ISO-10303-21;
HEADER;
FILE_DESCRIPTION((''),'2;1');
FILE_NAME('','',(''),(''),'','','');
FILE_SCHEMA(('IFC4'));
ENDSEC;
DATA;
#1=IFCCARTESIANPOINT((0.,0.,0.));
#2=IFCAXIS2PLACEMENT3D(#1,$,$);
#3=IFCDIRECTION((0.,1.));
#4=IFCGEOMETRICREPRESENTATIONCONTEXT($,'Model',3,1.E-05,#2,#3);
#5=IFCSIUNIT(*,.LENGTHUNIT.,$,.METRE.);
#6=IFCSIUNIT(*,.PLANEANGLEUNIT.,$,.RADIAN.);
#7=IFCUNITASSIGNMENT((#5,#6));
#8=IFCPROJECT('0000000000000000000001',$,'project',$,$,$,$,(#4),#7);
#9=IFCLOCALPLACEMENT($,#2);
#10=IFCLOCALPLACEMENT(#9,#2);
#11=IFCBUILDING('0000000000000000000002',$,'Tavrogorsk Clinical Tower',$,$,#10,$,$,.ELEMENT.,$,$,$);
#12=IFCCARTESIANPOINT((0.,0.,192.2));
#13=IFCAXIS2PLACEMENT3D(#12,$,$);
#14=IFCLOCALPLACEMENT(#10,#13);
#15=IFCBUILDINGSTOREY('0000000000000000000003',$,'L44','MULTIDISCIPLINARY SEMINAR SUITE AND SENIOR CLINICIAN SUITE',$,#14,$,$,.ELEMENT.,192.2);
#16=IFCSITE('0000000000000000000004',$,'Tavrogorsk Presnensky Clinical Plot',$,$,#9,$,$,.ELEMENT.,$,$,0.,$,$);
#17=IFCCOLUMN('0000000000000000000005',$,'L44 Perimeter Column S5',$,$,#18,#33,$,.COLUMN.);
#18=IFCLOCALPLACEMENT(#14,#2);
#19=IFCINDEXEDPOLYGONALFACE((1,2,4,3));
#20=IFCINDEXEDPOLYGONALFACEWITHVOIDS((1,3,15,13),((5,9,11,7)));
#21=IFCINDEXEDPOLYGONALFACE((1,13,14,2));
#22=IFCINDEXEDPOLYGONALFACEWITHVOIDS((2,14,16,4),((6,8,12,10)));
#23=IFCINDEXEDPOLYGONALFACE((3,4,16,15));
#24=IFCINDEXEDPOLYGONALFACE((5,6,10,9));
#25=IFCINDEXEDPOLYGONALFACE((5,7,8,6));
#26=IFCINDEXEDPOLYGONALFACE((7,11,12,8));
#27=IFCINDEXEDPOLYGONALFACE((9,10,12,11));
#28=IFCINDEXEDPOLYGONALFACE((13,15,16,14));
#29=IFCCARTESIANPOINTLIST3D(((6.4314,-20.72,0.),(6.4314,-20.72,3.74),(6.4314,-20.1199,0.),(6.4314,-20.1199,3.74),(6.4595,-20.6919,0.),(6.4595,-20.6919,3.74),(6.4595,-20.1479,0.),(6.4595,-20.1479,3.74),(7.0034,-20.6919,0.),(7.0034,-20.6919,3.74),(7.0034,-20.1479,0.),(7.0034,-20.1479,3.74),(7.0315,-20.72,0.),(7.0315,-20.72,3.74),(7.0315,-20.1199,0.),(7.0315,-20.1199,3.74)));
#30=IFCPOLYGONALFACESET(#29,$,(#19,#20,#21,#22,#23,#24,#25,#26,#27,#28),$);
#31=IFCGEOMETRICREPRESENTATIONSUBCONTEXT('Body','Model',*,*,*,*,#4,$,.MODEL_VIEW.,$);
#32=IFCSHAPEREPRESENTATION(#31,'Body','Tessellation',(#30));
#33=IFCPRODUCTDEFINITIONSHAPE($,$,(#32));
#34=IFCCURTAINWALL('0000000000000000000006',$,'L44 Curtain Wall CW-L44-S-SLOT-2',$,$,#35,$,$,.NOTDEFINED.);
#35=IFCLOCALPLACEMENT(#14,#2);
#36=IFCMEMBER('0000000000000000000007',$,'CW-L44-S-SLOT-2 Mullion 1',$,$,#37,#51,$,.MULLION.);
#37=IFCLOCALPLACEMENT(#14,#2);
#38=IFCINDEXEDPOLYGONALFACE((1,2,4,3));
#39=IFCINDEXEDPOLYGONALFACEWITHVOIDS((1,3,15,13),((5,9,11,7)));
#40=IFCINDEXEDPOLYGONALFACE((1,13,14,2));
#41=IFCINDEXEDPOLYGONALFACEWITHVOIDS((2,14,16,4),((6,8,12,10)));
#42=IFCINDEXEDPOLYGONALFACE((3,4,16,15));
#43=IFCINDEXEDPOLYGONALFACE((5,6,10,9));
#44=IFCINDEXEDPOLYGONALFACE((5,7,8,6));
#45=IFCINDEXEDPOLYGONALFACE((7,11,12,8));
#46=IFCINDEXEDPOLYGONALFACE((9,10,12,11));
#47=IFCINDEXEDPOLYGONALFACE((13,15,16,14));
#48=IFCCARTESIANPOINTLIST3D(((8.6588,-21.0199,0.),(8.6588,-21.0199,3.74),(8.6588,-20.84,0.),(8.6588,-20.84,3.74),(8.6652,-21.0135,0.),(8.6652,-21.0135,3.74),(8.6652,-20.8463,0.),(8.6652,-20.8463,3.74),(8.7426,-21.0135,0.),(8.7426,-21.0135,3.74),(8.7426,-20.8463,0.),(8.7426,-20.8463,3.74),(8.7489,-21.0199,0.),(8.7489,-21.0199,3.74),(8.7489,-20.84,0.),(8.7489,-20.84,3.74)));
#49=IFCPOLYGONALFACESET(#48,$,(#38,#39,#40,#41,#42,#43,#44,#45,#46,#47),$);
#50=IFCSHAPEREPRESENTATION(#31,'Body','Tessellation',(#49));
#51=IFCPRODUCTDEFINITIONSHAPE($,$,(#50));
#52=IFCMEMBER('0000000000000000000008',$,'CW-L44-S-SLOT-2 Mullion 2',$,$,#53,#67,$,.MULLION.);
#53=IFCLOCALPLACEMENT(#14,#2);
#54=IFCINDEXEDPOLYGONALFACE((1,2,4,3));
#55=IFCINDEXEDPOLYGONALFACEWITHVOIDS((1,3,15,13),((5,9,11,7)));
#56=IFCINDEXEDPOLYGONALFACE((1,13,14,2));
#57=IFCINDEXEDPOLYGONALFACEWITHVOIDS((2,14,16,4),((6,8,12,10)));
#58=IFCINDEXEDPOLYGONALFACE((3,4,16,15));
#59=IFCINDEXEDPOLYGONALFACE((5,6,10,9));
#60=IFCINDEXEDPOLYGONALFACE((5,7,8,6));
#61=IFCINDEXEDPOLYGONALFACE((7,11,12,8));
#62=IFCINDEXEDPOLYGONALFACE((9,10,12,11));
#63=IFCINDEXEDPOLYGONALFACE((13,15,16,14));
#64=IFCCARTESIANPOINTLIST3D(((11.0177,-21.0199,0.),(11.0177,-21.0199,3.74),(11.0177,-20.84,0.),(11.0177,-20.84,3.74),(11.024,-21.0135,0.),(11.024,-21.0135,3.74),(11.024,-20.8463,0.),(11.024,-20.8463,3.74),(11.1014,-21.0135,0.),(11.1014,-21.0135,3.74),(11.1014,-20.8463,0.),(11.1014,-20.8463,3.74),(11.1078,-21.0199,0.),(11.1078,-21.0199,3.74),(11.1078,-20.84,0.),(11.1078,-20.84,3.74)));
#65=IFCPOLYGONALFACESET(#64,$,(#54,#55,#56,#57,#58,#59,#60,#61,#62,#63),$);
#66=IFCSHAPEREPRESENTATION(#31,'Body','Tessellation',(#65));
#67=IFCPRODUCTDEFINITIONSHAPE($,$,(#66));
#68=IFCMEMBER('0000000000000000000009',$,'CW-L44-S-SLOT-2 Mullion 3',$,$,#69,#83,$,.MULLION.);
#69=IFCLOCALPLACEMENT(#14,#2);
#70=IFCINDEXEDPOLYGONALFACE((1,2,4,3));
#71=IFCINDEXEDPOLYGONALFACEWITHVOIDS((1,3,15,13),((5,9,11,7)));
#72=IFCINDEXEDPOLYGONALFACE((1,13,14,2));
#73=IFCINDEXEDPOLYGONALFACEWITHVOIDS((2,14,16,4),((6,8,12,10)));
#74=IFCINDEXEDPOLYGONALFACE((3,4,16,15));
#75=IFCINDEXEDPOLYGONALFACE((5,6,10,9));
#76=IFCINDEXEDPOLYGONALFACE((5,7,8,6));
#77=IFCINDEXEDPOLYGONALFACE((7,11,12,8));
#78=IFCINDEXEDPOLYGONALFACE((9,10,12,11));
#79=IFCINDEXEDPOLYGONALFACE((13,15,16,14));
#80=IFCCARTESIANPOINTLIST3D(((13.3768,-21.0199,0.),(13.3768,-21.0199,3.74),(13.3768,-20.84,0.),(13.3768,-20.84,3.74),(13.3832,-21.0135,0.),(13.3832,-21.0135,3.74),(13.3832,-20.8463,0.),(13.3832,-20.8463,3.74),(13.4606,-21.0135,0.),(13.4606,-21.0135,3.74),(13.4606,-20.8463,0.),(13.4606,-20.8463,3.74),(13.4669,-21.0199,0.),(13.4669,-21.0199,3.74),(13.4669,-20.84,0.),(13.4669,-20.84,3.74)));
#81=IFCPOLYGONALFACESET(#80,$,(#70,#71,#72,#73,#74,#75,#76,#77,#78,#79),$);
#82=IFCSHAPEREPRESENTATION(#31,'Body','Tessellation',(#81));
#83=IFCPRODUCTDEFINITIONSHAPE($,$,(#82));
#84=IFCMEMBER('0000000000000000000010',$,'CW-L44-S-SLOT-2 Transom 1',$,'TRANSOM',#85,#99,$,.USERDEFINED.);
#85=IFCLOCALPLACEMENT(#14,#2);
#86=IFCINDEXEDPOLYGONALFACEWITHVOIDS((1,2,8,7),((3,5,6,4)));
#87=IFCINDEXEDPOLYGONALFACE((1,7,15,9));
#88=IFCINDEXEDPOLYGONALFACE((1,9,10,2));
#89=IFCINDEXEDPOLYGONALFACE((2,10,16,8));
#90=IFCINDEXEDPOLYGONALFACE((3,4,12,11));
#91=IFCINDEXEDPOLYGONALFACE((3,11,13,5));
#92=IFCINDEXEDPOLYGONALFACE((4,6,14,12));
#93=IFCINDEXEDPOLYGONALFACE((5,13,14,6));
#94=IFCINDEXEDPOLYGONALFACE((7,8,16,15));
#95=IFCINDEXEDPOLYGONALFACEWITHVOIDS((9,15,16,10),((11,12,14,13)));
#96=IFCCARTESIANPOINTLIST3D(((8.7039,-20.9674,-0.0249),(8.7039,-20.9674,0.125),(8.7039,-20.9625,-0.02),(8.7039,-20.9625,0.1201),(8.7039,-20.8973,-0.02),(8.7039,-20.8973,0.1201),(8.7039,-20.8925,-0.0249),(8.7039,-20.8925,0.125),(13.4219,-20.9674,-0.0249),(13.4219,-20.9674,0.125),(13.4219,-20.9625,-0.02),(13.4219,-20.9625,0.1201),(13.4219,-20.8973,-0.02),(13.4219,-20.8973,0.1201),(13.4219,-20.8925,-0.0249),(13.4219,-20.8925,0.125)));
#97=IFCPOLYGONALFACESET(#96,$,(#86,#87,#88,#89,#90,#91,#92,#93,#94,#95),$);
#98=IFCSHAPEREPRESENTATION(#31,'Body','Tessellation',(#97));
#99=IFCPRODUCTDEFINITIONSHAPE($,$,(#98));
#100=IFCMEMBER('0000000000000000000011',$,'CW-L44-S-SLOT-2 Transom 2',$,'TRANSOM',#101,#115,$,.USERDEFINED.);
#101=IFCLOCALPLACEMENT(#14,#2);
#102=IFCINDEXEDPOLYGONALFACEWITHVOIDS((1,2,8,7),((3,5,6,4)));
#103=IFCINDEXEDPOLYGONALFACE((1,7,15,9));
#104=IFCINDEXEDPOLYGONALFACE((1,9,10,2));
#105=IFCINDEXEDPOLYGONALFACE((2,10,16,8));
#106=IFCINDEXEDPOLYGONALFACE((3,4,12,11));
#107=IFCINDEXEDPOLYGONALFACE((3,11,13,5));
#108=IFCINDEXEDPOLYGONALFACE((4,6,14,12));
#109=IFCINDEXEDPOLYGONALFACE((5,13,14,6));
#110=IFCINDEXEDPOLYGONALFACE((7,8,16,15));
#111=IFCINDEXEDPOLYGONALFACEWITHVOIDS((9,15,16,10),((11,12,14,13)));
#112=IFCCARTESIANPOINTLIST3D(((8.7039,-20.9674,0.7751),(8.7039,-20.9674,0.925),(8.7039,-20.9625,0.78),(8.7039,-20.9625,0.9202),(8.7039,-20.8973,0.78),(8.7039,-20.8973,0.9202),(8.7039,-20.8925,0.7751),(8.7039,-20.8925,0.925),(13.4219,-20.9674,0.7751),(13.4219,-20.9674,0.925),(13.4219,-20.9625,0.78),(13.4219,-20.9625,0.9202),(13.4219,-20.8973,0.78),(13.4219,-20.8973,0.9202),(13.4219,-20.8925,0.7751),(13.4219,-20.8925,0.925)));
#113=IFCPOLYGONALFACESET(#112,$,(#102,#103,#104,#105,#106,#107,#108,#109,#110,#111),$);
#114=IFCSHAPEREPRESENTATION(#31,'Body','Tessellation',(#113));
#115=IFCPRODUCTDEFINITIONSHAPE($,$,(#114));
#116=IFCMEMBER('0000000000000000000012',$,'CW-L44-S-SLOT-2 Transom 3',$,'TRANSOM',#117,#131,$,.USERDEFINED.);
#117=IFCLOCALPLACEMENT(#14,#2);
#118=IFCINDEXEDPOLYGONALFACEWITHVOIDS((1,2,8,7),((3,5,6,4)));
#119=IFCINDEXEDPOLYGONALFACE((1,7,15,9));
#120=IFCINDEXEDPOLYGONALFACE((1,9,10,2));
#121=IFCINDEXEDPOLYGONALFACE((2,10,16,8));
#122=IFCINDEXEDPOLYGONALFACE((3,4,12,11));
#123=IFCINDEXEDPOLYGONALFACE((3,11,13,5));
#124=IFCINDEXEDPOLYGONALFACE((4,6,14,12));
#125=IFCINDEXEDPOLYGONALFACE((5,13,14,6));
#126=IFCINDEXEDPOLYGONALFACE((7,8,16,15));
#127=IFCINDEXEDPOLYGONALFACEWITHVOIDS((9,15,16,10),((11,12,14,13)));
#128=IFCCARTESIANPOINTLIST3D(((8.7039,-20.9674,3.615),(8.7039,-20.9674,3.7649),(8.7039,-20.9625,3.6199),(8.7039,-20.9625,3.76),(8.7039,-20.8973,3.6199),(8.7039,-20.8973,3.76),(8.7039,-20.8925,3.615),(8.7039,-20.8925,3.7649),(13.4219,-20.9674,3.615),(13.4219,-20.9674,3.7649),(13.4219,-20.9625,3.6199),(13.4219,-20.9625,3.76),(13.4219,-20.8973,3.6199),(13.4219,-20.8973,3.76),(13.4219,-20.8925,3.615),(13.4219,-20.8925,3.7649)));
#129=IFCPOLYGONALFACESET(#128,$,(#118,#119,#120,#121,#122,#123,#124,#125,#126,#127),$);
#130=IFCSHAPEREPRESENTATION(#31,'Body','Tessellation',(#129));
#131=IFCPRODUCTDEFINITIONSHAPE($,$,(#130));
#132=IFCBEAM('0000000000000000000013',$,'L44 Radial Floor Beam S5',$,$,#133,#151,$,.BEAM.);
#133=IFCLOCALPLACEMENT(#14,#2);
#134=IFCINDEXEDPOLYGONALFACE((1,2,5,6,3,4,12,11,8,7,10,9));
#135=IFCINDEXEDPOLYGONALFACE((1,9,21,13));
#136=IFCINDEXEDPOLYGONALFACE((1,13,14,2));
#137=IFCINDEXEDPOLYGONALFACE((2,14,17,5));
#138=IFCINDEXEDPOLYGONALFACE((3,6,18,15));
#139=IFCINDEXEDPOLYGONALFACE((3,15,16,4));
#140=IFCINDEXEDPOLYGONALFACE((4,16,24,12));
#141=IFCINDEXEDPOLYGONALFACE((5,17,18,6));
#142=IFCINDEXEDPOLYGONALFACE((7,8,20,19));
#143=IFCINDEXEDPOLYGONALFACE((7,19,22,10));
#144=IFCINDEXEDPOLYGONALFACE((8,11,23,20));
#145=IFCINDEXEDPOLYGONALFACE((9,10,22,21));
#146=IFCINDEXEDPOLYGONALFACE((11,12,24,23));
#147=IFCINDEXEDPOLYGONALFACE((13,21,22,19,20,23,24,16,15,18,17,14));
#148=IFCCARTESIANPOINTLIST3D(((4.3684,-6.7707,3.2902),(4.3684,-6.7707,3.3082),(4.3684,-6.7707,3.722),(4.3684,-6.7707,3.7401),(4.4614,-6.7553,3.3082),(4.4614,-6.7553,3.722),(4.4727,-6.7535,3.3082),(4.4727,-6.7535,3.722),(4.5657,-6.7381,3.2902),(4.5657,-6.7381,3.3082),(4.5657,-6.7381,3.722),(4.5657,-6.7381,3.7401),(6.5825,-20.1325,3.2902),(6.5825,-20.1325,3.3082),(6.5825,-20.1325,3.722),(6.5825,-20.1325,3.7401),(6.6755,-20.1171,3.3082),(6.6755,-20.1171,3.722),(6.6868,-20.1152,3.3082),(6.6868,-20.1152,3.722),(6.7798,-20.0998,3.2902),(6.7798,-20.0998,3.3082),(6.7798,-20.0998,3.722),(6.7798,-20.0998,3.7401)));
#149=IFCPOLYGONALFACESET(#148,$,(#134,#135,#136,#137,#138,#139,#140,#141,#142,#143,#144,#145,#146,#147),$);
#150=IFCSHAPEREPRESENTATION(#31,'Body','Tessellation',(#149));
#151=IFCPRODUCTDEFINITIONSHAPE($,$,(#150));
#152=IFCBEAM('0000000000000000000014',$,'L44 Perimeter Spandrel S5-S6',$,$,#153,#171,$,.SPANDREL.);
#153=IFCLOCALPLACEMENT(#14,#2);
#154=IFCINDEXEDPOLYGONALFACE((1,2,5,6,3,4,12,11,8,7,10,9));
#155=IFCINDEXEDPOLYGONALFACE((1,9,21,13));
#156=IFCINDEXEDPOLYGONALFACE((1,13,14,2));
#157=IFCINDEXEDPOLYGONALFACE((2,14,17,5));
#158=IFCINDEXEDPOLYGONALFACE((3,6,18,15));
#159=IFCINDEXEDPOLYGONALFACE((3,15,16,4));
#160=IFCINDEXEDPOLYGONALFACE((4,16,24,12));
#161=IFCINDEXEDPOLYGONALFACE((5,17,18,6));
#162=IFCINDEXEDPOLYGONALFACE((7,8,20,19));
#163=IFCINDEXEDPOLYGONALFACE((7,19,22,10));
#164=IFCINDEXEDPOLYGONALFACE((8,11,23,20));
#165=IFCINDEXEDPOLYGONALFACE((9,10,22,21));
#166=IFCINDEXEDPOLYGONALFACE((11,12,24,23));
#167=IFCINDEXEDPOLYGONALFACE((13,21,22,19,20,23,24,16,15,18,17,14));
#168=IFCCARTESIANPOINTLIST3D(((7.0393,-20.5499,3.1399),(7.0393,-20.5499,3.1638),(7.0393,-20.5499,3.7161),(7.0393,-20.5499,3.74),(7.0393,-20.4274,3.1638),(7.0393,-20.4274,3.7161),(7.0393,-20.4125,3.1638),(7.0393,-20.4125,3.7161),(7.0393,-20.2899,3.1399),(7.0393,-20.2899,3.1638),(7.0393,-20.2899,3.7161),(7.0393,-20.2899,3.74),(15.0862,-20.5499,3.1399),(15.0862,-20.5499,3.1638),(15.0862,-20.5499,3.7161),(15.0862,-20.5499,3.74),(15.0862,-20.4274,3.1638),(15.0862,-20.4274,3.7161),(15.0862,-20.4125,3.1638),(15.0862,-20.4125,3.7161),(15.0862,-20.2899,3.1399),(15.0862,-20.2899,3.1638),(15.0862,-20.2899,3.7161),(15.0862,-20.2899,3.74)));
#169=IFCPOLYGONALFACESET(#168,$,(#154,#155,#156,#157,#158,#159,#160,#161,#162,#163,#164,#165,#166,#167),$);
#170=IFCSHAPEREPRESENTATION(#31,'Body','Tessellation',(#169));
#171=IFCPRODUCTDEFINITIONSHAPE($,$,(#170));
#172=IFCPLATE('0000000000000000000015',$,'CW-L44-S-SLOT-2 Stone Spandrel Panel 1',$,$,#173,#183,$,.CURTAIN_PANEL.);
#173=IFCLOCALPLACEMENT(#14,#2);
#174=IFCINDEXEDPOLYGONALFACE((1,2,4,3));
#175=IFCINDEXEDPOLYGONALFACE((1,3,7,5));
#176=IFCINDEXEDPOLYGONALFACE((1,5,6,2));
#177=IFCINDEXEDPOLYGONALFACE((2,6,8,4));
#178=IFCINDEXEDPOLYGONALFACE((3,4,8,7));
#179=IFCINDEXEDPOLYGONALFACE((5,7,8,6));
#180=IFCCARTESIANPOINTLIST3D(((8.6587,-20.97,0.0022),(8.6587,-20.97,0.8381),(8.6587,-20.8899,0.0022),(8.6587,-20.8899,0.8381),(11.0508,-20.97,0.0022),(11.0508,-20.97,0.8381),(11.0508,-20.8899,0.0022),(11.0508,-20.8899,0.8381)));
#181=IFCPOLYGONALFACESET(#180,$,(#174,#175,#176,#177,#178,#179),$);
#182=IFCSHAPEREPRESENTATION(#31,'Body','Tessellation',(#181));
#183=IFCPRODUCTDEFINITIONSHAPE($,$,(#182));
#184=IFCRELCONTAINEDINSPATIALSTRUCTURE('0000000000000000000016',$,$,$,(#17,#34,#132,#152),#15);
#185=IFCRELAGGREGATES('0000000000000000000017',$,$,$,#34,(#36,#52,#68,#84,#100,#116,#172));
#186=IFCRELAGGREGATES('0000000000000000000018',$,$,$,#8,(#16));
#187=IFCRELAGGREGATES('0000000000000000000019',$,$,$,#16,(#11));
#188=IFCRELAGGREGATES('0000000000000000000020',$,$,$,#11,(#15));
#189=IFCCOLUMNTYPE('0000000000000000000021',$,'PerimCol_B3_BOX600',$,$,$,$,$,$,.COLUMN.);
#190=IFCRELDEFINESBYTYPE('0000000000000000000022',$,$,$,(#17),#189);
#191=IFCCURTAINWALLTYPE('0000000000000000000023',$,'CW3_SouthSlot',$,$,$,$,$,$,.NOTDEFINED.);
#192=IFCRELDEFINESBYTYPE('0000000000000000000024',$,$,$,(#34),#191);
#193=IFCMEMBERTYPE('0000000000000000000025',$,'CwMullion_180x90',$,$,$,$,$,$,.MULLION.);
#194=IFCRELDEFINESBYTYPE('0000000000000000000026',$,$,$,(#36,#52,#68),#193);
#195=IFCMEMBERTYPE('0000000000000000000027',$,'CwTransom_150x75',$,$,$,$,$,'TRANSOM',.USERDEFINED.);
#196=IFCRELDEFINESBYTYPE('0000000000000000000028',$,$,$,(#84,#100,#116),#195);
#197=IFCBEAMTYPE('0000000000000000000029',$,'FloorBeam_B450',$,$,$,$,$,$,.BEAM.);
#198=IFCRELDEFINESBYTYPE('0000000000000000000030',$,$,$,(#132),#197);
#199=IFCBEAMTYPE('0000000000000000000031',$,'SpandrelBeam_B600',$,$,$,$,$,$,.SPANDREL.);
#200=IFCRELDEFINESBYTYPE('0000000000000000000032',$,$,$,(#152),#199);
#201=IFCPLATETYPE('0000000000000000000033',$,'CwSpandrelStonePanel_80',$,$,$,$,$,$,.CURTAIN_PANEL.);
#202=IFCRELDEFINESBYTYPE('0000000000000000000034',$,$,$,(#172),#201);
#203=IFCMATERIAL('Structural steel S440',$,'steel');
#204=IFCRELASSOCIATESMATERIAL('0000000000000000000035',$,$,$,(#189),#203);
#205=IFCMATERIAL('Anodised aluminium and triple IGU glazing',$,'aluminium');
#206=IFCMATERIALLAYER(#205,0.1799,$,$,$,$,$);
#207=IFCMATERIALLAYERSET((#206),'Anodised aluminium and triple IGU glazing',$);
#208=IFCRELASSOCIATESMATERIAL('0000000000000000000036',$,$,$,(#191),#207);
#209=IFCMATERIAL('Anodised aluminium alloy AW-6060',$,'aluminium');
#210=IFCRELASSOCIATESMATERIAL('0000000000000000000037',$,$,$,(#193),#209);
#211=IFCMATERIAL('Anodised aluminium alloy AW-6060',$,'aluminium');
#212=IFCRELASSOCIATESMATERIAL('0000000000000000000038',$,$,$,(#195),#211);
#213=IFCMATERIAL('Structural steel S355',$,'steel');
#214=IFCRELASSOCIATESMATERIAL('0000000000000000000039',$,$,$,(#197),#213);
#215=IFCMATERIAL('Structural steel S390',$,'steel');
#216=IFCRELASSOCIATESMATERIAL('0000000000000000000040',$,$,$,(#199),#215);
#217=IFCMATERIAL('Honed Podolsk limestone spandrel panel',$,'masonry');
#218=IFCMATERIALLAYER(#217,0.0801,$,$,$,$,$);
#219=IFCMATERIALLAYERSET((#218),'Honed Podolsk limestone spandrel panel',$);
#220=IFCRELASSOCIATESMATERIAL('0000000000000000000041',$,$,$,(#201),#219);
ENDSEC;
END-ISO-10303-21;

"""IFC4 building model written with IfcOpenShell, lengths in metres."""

from ifc_helpers import new_model, si_unit, direction, frame, origin, origin_2d, place, context, subcontext, project, spatial, rectangle, hollow_rectangle, i_section, extrude, material, layer, layer_set, material_profile, profile_set, type_object, element, aggregate, save


model = new_model("IFC4")

# Units and contexts
model_context = context("Model", 3, precision=1e-05, world=origin(), true_north=direction((0.0, 1.0)))
body_context = subcontext(model_context, "Body", "Model", "MODEL_VIEW")
ifc_project = project(units=[si_unit("LENGTHUNIT", "METRE"), si_unit("PLANEANGLEUNIT", "RADIAN")], contexts=[model_context])

# Site, building, storey
site_placement = place(None, origin())
site = spatial("IfcSite", under=ifc_project, at=site_placement, Name="Tavrogorsk Presnensky Clinical Plot", CompositionType="ELEMENT", RefElevation=0.0)
building_placement = place(site_placement, origin())
building = spatial("IfcBuilding", under=site, at=building_placement, Name="Tavrogorsk Clinical Tower", CompositionType="ELEMENT")
storey_placement = place(building_placement, frame((0.0, 0.0, 192.2)))
storey = spatial("IfcBuildingStorey", under=building, at=storey_placement, Name="L44", Description="MULTIDISCIPLINARY SEMINAR SUITE AND SENIOR CLINICIAN SUITE", CompositionType="ELEMENT", Elevation=192.2)

# Column
ifc_material_1 = material(Name="Structural steel S440", Category="steel")
ifc_material_profile_1 = material_profile(ifc_material_1, hollow_rectangle(XDim=0.6001, YDim=0.6001, WallThickness=0.0281, at=origin_2d()), Name="BOX-600x600x28")
ifc_profile_set_1 = profile_set([ifc_material_profile_1], Name="Structural steel S440")
column_type = type_object("IfcColumnType", Name="PerimCol_B3_BOX600", PredefinedType="COLUMN", material=ifc_profile_set_1)
column_placement = place(storey_placement, frame((6.7314, -20.4199, 0.0), z_axis=(0.0, 0.0, 1.0), x_axis=(1.0, 0.0, 0.0)))
element("IfcColumn", 1, at=column_placement, inside=storey, type_object=column_type, Name="L44 Perimeter Column S5", PredefinedType="COLUMN", context=body_context, shape_type="SweptSolid", body=[
    extrude(hollow_rectangle(XDim=0.6001, YDim=0.6001, WallThickness=0.0281, at=origin_2d()), origin(), (0.0, 0.0, 1.0), 3.74),
])

# Curtain wall, members
ifc_material_2 = material(Name="Anodised aluminium and triple IGU glazing", Category="aluminium")
ifc_layer_1 = layer(ifc_material_2, 0.1799)
ifc_layer_set_1 = layer_set([ifc_layer_1], Name="Anodised aluminium and triple IGU glazing")
curtain_wall_type = type_object("IfcCurtainWallType", Name="CW3_SouthSlot", PredefinedType="NOTDEFINED", material=ifc_layer_set_1)
curtain_wall_placement = place(storey_placement, origin())
curtain_wall = element("IfcCurtainWall", 2, at=curtain_wall_placement, inside=storey, type_object=curtain_wall_type, Name="L44 Curtain Wall CW-L44-S-SLOT-2", PredefinedType="NOTDEFINED")
ifc_material_3 = material(Name="Anodised aluminium alloy AW-6060", Category="aluminium")
ifc_material_profile_2 = material_profile(ifc_material_3, hollow_rectangle(XDim=0.0901, YDim=0.1799, WallThickness=0.0063, at=origin_2d()), Name="RHS-180x90x6.3")
ifc_profile_set_2 = profile_set([ifc_material_profile_2], Name="Anodised aluminium alloy AW-6060")
member_type_1 = type_object("IfcMemberType", Name="CwMullion_180x90", PredefinedType="MULLION", material=ifc_profile_set_2)
member_1_placement = place(storey_placement, frame((8.7039, -20.9299, 0.0), z_axis=(0.0, 0.0, 1.0), x_axis=(1.0, 0.0, 0.0)))
member_1 = element("IfcMember", 3, at=member_1_placement, type_object=member_type_1, Name="CW-L44-S-SLOT-2 Mullion 1", PredefinedType="MULLION", context=body_context, shape_type="SweptSolid", body=[
    extrude(hollow_rectangle(XDim=0.0901, YDim=0.1799, WallThickness=0.0063, at=origin_2d()), origin(), (0.0, 0.0, 1.0), 3.74),
])
member_2_placement = place(storey_placement, frame((11.0627, -20.9299, 0.0), z_axis=(0.0, 0.0, 1.0), x_axis=(1.0, 0.0, 0.0)))
member_2 = element("IfcMember", 4, at=member_2_placement, type_object=member_type_1, Name="CW-L44-S-SLOT-2 Mullion 2", PredefinedType="MULLION", context=body_context, shape_type="SweptSolid", body=[
    extrude(hollow_rectangle(XDim=0.0901, YDim=0.1799, WallThickness=0.0063, at=origin_2d()), origin(), (0.0, 0.0, 1.0), 3.74),
])
member_3_placement = place(storey_placement, frame((13.4219, -20.9299, 0.0), z_axis=(0.0, 0.0, 1.0), x_axis=(1.0, 0.0, 0.0)))
member_3 = element("IfcMember", 5, at=member_3_placement, type_object=member_type_1, Name="CW-L44-S-SLOT-2 Mullion 3", PredefinedType="MULLION", context=body_context, shape_type="SweptSolid", body=[
    extrude(hollow_rectangle(XDim=0.0901, YDim=0.1799, WallThickness=0.0063, at=origin_2d()), origin(), (0.0, 0.0, 1.0), 3.74),
])
ifc_material_4 = material(Name="Anodised aluminium alloy AW-6060", Category="aluminium")
ifc_material_profile_3 = material_profile(ifc_material_4, hollow_rectangle(XDim=0.075, YDim=0.1499, WallThickness=0.0049, at=origin_2d()), Name="RHS-150x75x5")
ifc_profile_set_3 = profile_set([ifc_material_profile_3], Name="Anodised aluminium alloy AW-6060")
member_type_2 = type_object("IfcMemberType", Name="CwTransom_150x75", ElementType="TRANSOM", PredefinedType="USERDEFINED", material=ifc_profile_set_3)
member_4_placement = place(storey_placement, frame((8.7039, -20.9299, 0.05), z_axis=(1.0, 0.0, 0.0), x_axis=(0.0, 1.0, 0.0)))
member_4 = element("IfcMember", 6, at=member_4_placement, type_object=member_type_2, Name="CW-L44-S-SLOT-2 Transom 1", ObjectType="TRANSOM", PredefinedType="USERDEFINED", context=body_context, shape_type="SweptSolid", body=[
    extrude(hollow_rectangle(XDim=0.075, YDim=0.1499, WallThickness=0.0049, at=origin_2d()), origin(), (0.0, 0.0, 1.0), 4.718),
])
member_5_placement = place(storey_placement, frame((8.7039, -20.9299, 0.8501), z_axis=(1.0, 0.0, 0.0), x_axis=(0.0, 1.0, 0.0)))
member_5 = element("IfcMember", 7, at=member_5_placement, type_object=member_type_2, Name="CW-L44-S-SLOT-2 Transom 2", ObjectType="TRANSOM", PredefinedType="USERDEFINED", context=body_context, shape_type="SweptSolid", body=[
    extrude(hollow_rectangle(XDim=0.075, YDim=0.1499, WallThickness=0.0049, at=origin_2d()), origin(), (0.0, 0.0, 1.0), 4.718),
])
member_6_placement = place(storey_placement, frame((8.7039, -20.9299, 3.6899), z_axis=(1.0, 0.0, 0.0), x_axis=(0.0, 1.0, 0.0)))
member_6 = element("IfcMember", 8, at=member_6_placement, type_object=member_type_2, Name="CW-L44-S-SLOT-2 Transom 3", ObjectType="TRANSOM", PredefinedType="USERDEFINED", context=body_context, shape_type="SweptSolid", body=[
    extrude(hollow_rectangle(XDim=0.075, YDim=0.1499, WallThickness=0.0049, at=origin_2d()), origin(), (0.0, 0.0, 1.0), 4.718),
])

# Beams
ifc_material_5 = material(Name="Structural steel S355", Category="steel")
ifc_material_profile_4 = material_profile(ifc_material_5, i_section(OverallWidth=0.2, OverallDepth=0.45, WebThickness=0.0115, FlangeThickness=0.0181, at=origin_2d()), Name="B-450x200x11.5x18")
ifc_profile_set_4 = profile_set([ifc_material_profile_4], Name="Structural steel S355")
beam_type_1 = type_object("IfcBeamType", Name="FloorBeam_B450", PredefinedType="BEAM", material=ifc_profile_set_4)
beam_1_placement = place(storey_placement, frame((4.467, -6.7544, 3.5151), z_axis=(0.163475, -0.986547, 0.0), x_axis=(0.986547, 0.163475, 0.0)))
element("IfcBeam", 9, at=beam_1_placement, inside=storey, type_object=beam_type_1, Name="L44 Radial Floor Beam S5", PredefinedType="BEAM", context=body_context, shape_type="SweptSolid", body=[
    extrude(i_section(OverallWidth=0.2, OverallDepth=0.45, WebThickness=0.0115, FlangeThickness=0.0181, at=origin_2d()), origin(), (0.0, 0.0, 1.0), 13.5439),
])
ifc_material_6 = material(Name="Structural steel S390", Category="steel")
ifc_material_profile_5 = material_profile(ifc_material_6, i_section(OverallWidth=0.26, OverallDepth=0.6001, WebThickness=0.0149, FlangeThickness=0.0239, at=origin_2d()), Name="B-600x260x15x24")
ifc_profile_set_5 = profile_set([ifc_material_profile_5], Name="Structural steel S390")
beam_type_2 = type_object("IfcBeamType", Name="SpandrelBeam_B600", PredefinedType="SPANDREL", material=ifc_profile_set_5)
beam_2_placement = place(storey_placement, frame((7.0393, -20.4199, 3.4399), z_axis=(1.0, 0.0, 0.0), x_axis=(0.0, 1.0, 0.0)))
element("IfcBeam", 10, at=beam_2_placement, inside=storey, type_object=beam_type_2, Name="L44 Perimeter Spandrel S5-S6", PredefinedType="SPANDREL", context=body_context, shape_type="SweptSolid", body=[
    extrude(i_section(OverallWidth=0.26, OverallDepth=0.6001, WebThickness=0.0149, FlangeThickness=0.0239, at=origin_2d()), origin(), (0.0, 0.0, 1.0), 8.0469),
])

# Plate
ifc_material_7 = material(Name="Honed Podolsk limestone spandrel panel", Category="masonry")
ifc_layer_2 = layer(ifc_material_7, 0.0801)
ifc_layer_set_2 = layer_set([ifc_layer_2], Name="Honed Podolsk limestone spandrel panel")
plate_type_1 = type_object("IfcPlateType", Name="CwSpandrelStonePanel_80", PredefinedType="CURTAIN_PANEL", material=ifc_layer_set_2)
plate_1_placement = place(storey_placement, frame((9.8547, -20.9299, 0.0022), z_axis=(0.0, 0.0, 1.0), x_axis=(1.0, 0.0, 0.0)))
plate_1 = element("IfcPlate", 11, at=plate_1_placement, type_object=plate_type_1, Name="CW-L44-S-SLOT-2 Stone Spandrel Panel 1", PredefinedType="CURTAIN_PANEL", context=body_context, shape_type="SweptSolid", body=[
    extrude(rectangle(XDim=2.3921, YDim=0.0801, at=origin_2d()), origin(), (0.0, 0.0, 1.0), 0.8359),
])
aggregate(curtain_wall, [member_1, member_2, member_3, member_4, member_5, member_6, plate_1])

save(model, "model.ifc")
